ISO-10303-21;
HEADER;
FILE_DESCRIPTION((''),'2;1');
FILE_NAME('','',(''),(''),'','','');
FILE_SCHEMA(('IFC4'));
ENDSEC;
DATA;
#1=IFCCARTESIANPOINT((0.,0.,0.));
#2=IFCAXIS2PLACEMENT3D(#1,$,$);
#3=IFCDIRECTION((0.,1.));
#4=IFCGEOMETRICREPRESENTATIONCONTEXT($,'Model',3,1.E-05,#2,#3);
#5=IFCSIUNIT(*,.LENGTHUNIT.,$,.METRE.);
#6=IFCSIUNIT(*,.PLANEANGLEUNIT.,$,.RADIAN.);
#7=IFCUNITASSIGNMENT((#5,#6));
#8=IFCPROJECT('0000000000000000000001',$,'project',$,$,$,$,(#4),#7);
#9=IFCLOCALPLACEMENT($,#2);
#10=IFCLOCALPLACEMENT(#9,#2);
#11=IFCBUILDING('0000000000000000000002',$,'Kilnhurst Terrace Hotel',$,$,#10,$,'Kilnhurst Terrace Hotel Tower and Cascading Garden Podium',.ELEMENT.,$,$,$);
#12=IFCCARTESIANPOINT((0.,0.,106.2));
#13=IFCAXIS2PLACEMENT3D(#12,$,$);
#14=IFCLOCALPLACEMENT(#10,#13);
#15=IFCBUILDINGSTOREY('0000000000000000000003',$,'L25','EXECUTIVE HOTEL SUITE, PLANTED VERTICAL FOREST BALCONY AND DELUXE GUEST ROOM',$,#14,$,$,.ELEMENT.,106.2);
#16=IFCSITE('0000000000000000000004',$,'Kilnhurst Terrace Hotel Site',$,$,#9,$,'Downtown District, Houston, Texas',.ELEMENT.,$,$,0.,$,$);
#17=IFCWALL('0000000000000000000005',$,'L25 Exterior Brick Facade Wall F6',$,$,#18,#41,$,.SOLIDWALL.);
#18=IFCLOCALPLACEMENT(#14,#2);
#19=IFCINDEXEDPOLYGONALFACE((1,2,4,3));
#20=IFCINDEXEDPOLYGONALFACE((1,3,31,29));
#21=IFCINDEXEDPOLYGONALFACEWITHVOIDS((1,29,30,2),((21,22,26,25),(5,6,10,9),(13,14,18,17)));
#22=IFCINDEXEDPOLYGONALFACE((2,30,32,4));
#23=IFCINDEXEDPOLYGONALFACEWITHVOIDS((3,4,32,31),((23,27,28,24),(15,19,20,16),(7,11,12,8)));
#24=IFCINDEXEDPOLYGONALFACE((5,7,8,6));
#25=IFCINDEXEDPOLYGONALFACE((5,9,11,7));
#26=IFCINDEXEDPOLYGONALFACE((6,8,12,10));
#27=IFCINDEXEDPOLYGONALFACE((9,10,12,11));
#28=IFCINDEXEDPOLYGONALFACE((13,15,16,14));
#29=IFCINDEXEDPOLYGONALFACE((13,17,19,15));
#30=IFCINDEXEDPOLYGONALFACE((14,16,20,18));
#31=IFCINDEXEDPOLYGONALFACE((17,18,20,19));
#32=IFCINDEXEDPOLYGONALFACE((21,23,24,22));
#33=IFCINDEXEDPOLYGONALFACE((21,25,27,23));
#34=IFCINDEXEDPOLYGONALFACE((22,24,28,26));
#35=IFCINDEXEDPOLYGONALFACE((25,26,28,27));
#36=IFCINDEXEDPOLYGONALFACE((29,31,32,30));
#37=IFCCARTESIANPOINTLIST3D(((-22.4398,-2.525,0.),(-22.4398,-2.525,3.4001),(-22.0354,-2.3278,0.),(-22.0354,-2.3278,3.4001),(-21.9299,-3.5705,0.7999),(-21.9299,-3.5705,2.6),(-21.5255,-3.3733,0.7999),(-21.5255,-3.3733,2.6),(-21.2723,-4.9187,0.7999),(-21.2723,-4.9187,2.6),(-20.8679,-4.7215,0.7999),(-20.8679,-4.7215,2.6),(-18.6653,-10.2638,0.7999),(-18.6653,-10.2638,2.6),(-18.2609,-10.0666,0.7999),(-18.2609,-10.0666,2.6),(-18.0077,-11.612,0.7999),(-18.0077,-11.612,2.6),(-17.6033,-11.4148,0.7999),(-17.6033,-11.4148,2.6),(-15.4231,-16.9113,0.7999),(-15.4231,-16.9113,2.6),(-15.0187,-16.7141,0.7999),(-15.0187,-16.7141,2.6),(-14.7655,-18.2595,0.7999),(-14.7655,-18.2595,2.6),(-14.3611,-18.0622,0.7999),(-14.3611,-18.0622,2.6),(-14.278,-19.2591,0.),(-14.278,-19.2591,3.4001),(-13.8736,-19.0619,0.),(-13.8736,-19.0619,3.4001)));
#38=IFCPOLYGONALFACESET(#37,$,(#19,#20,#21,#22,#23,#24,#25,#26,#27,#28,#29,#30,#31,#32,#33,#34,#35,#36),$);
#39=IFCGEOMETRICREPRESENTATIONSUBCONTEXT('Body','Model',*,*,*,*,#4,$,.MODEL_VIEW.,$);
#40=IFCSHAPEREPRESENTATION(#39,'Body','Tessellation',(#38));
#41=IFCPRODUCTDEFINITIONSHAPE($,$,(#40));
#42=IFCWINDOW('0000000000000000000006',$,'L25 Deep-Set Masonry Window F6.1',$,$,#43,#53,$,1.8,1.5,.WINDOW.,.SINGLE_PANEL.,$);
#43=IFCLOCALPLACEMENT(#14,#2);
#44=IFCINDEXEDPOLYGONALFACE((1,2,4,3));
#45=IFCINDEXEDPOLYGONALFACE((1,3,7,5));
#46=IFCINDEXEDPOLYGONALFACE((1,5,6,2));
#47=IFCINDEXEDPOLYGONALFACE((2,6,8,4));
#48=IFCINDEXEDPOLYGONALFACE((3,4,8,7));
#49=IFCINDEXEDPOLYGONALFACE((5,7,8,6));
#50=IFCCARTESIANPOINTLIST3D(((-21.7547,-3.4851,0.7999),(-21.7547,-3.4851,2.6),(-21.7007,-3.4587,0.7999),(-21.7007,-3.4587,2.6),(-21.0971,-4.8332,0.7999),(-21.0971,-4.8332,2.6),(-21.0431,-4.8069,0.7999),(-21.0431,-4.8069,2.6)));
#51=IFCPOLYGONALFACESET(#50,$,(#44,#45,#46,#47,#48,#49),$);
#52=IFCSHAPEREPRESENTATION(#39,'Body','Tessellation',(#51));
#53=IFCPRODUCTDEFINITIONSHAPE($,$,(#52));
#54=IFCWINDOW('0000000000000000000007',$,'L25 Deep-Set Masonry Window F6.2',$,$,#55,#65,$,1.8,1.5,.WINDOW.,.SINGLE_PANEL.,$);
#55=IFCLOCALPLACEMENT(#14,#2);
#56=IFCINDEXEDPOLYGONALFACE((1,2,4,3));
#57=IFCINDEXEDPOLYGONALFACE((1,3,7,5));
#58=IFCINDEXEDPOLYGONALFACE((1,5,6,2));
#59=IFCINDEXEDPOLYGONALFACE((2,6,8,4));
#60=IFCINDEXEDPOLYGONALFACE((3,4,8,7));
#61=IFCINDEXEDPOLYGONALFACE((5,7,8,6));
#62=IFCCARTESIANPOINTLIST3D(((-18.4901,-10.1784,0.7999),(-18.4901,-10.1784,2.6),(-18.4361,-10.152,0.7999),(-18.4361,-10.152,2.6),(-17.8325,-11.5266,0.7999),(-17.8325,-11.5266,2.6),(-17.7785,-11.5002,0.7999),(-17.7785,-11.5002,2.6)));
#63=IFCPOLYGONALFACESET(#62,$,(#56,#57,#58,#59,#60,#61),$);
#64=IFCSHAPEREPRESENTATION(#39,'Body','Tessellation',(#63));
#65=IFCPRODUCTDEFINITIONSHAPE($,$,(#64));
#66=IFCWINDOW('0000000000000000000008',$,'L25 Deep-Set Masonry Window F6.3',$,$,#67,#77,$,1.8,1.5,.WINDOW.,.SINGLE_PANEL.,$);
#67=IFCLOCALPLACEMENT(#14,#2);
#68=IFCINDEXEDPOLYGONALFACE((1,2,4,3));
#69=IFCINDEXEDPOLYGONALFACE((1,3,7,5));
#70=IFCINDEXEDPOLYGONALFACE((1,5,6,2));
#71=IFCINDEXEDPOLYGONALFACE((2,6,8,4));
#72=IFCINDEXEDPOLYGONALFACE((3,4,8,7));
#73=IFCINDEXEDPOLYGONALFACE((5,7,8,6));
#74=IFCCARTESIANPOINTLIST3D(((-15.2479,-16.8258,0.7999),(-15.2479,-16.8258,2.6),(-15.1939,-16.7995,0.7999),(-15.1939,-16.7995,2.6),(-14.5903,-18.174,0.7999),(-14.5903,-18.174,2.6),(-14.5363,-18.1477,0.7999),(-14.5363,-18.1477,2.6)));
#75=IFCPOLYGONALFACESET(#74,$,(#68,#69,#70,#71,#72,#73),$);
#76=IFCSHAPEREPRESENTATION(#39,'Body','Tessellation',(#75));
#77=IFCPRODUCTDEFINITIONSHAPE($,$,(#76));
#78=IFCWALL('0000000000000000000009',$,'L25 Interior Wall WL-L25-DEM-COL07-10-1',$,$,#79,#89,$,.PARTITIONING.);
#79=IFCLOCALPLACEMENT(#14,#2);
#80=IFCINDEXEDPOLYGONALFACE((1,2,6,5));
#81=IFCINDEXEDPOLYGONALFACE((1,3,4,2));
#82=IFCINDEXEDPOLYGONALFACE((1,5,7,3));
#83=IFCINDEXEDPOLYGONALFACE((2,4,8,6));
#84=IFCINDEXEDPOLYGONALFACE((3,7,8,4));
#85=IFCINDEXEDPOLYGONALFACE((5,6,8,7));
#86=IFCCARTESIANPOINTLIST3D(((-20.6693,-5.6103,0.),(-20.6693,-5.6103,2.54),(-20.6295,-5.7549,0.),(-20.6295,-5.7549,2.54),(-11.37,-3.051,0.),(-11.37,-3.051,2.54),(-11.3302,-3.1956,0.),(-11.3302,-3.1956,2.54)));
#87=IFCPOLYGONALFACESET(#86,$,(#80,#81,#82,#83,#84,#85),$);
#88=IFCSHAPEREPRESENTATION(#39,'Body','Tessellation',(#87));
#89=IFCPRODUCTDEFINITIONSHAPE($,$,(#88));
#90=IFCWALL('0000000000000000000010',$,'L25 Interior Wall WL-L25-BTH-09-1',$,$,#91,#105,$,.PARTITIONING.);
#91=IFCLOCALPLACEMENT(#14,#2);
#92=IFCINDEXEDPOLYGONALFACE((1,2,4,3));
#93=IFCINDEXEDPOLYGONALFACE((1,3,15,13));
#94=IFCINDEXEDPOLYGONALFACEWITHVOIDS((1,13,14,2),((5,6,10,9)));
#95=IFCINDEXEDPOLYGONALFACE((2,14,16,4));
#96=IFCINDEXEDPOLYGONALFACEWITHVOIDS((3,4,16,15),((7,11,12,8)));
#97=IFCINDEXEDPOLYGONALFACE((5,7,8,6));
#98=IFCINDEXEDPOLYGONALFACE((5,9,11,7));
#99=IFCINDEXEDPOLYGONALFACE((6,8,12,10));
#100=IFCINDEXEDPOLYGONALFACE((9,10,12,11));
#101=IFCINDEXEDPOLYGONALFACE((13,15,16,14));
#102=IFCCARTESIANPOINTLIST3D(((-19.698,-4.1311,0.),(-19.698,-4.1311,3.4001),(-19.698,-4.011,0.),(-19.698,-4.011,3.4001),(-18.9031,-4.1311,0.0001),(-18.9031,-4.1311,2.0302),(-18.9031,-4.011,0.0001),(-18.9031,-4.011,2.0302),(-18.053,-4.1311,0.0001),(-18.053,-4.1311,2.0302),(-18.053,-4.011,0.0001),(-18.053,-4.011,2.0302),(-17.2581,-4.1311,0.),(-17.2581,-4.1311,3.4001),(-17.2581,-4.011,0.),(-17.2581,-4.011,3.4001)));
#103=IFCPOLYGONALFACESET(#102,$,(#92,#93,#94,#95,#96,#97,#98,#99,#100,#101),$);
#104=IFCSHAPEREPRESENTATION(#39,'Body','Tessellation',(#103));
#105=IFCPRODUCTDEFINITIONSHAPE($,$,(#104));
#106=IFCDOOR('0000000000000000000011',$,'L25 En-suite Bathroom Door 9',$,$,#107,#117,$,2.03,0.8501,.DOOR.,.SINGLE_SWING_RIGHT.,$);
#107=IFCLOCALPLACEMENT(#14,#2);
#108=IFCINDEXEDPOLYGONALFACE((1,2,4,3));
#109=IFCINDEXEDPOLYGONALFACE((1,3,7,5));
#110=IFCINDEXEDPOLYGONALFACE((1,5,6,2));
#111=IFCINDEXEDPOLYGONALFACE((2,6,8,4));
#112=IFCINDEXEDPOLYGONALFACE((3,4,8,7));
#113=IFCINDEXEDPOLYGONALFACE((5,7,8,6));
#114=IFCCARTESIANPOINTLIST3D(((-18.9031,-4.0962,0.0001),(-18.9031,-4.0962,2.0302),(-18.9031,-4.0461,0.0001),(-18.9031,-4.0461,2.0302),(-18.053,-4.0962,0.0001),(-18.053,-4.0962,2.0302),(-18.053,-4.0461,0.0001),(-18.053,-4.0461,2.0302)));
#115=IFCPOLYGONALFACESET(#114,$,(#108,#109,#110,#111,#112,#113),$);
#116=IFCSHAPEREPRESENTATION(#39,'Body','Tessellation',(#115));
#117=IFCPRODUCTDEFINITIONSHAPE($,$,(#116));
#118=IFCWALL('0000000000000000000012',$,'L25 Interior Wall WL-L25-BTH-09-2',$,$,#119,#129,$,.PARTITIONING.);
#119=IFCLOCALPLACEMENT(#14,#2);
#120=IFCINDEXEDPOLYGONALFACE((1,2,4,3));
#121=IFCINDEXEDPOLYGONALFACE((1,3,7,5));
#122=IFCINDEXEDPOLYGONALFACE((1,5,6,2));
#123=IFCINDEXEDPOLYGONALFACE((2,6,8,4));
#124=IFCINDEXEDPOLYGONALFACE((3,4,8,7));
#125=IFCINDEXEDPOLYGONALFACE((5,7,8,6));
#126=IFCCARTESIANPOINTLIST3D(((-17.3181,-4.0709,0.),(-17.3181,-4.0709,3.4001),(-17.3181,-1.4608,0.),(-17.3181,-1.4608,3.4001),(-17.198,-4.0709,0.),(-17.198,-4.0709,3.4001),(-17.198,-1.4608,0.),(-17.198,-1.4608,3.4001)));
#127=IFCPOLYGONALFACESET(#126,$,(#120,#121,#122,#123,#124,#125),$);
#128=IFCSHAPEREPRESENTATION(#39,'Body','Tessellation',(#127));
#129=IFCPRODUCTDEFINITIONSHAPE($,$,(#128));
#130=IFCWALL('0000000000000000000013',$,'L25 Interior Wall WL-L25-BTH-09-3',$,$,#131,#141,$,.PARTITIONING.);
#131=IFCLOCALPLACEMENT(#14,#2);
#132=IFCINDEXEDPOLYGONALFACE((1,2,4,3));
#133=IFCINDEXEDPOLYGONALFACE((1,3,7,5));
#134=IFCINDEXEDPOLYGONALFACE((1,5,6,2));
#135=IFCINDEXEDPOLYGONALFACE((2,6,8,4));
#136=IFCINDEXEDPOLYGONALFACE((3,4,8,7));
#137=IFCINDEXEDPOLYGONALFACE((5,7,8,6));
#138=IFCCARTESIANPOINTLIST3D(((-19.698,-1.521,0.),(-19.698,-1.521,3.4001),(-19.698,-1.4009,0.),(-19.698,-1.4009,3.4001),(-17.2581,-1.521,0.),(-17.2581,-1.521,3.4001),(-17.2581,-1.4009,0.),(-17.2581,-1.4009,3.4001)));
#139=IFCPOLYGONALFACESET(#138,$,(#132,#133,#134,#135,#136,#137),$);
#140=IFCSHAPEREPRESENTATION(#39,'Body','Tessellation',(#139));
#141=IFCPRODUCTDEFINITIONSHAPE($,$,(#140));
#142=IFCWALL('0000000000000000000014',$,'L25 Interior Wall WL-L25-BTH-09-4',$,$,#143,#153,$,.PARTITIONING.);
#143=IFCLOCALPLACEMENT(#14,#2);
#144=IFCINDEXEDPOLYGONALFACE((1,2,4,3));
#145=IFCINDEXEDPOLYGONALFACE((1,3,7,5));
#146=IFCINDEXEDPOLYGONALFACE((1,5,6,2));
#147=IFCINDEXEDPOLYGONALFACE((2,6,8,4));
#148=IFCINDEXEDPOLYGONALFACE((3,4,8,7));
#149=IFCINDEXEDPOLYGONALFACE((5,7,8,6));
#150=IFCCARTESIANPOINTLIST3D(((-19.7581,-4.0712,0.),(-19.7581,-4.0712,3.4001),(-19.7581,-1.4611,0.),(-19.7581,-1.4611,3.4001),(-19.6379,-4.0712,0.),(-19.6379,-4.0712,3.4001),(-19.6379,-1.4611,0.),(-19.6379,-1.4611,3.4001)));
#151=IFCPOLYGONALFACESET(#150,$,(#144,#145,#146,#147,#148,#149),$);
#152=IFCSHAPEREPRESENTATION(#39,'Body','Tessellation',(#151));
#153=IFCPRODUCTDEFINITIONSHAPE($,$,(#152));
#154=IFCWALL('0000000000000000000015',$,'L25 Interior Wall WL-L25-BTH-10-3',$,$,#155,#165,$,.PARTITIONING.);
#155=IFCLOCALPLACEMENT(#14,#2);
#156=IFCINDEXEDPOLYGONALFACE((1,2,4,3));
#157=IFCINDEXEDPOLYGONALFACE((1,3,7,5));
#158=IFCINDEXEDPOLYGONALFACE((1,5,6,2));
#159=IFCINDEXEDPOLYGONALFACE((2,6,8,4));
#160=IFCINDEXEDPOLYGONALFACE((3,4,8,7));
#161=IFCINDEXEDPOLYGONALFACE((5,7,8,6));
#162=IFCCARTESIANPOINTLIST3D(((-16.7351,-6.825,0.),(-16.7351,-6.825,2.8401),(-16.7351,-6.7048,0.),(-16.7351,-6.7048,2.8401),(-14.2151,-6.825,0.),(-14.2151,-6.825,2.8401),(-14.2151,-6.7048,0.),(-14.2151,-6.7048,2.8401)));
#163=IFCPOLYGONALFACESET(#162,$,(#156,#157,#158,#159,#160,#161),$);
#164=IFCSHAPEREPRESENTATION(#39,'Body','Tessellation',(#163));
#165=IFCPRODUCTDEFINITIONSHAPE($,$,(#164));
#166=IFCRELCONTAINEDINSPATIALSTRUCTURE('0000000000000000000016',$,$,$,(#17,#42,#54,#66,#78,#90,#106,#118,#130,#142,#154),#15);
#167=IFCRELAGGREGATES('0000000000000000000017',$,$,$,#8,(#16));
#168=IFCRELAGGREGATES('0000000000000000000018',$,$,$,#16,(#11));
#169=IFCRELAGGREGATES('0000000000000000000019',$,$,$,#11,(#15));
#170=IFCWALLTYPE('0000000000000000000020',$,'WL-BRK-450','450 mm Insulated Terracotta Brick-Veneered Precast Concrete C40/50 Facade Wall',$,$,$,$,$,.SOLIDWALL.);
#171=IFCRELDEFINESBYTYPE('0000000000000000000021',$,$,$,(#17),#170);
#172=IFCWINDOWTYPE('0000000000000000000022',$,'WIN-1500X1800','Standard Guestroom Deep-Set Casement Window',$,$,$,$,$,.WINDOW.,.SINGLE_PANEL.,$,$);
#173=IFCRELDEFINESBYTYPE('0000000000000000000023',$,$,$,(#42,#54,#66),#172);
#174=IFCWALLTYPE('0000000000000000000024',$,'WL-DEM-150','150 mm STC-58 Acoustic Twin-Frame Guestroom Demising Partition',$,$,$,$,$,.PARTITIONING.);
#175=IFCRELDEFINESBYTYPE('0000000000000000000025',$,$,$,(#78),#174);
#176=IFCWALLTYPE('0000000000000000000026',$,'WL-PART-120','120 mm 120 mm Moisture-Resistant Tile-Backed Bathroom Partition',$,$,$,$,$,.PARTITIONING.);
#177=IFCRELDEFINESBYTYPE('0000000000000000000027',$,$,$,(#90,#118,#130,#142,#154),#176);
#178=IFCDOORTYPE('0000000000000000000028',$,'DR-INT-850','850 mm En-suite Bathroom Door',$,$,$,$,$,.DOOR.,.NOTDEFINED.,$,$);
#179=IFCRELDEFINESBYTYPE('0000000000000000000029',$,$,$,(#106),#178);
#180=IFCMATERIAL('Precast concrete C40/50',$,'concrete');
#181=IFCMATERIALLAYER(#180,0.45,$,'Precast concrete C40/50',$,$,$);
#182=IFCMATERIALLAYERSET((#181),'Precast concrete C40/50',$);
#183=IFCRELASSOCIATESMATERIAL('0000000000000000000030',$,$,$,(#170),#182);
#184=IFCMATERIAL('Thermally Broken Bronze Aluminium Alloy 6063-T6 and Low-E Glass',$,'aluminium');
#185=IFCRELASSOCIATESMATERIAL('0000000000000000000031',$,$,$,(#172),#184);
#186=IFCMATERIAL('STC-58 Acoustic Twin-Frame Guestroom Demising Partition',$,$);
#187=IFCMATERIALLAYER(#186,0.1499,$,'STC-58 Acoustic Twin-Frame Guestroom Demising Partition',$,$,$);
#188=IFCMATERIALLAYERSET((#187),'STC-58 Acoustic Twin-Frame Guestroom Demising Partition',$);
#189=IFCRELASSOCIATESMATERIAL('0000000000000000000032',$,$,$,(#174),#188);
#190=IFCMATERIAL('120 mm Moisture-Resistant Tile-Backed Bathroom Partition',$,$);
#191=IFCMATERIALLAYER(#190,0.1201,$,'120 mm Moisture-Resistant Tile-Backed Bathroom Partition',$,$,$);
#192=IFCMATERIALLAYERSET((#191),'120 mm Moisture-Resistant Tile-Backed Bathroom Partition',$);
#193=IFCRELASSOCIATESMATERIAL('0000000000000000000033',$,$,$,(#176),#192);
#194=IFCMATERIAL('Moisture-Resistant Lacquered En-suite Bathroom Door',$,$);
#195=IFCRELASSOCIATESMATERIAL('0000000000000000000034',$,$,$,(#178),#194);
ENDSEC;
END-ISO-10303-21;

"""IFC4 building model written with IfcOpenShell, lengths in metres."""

from ifc_helpers import new_model, si_unit, direction, frame, frame_2d, origin, place, context, subcontext, project, spatial, rectangle, extrude, material, layer, layer_set, type_object, element, fill, save


model = new_model("IFC4")

# Units and contexts
model_context = context("Model", 3, precision=1e-05, world=origin(), true_north=direction((0.0, 1.0)))
body_context = subcontext(model_context, "Body", "Model", "MODEL_VIEW")
ifc_project = project(units=[si_unit("LENGTHUNIT", "METRE"), si_unit("PLANEANGLEUNIT", "RADIAN")], contexts=[model_context])

# Site, building, storey
site_placement = place(None, origin())
site = spatial("IfcSite", under=ifc_project, at=site_placement, Name="Kilnhurst Terrace Hotel Site", LongName="Downtown District, Houston, Texas", CompositionType="ELEMENT", RefElevation=0.0)
building_placement = place(site_placement, origin())
building = spatial("IfcBuilding", under=site, at=building_placement, Name="Kilnhurst Terrace Hotel", LongName="Kilnhurst Terrace Hotel Tower and Cascading Garden Podium", CompositionType="ELEMENT")
storey_placement = place(building_placement, frame((0.0, 0.0, 106.2)))
storey = spatial("IfcBuildingStorey", under=building, at=storey_placement, Name="L25", Description="EXECUTIVE HOTEL SUITE, PLANTED VERTICAL FOREST BALCONY AND DELUXE GUEST ROOM", CompositionType="ELEMENT", Elevation=106.2)

# Shared definitions
ifc_material_1 = material(Name="Precast concrete C40/50", Category="concrete")
ifc_layer_1 = layer(ifc_material_1, 0.45, Name="Precast concrete C40/50")
ifc_layer_set_1 = layer_set([ifc_layer_1], Name="Precast concrete C40/50")
wall_type_1 = type_object("IfcWallType", Name="WL-BRK-450", Description="450 mm Insulated Terracotta Brick-Veneered Precast Concrete C40/50 Facade Wall", PredefinedType="SOLIDWALL", material=ifc_layer_set_1)

# Wall, openings, windows
wall_1_placement = place(storey_placement, frame((-22.2375, -2.4265, 0.0), z_axis=(0.0, 0.0, 1.0), x_axis=(0.438375, -0.898792, 0.0)))
wall_1 = element("IfcWall", 1, at=wall_1_placement, inside=storey, type_object=wall_type_1, Name="L25 Exterior Brick Facade Wall F6", PredefinedType="SOLIDWALL", context=body_context, shape_type="SweptSolid", body=[
    extrude(rectangle(XDim=18.6184, YDim=0.45, at=frame_2d((9.3091, 0.0))), origin(), (0.0, 0.0, 1.0), 3.4001),
])
opening_1_placement = place(wall_1_placement, frame((1.1631, 0.0, 0.8)))
opening_1 = element("IfcOpeningElement", 2, at=opening_1_placement, cuts=wall_1, PredefinedType="OPENING", context=body_context, shape_type="SweptSolid", body=[
    extrude(rectangle(XDim=1.5, YDim=1.8, at=frame_2d((0.75, 0.8999))), frame((0.0, 0.2349, 0.0), z_axis=(0.0, -1.0, 0.0), x_axis=(1.0, 0.0, 0.0)), (0.0, 0.0, 1.0), 0.47),
])
opening_2_placement = place(wall_1_placement, frame((8.6101, 0.0, 0.8)))
opening_2 = element("IfcOpeningElement", 3, at=opening_2_placement, cuts=wall_1, PredefinedType="OPENING", context=body_context, shape_type="SweptSolid", body=[
    extrude(rectangle(XDim=1.5, YDim=1.8, at=frame_2d((0.75, 0.8999))), frame((0.0, 0.2349, 0.0), z_axis=(0.0, -1.0, 0.0), x_axis=(1.0, 0.0, 0.0)), (0.0, 0.0, 1.0), 0.47),
])
opening_3_placement = place(wall_1_placement, frame((16.0061, 0.0, 0.8)))
opening_3 = element("IfcOpeningElement", 4, at=opening_3_placement, cuts=wall_1, PredefinedType="OPENING", context=body_context, shape_type="SweptSolid", body=[
    extrude(rectangle(XDim=1.5, YDim=1.8, at=frame_2d((0.75, 0.8999))), frame((0.0, 0.2349, 0.0), z_axis=(0.0, -1.0, 0.0), x_axis=(1.0, 0.0, 0.0)), (0.0, 0.0, 1.0), 0.47),
])
ifc_material_2 = material(Name="Thermally Broken Bronze Aluminium Alloy 6063-T6 and Low-E Glass", Category="aluminium")
window_type = type_object("IfcWindowType", Name="WIN-1500X1800", Description="Standard Guestroom Deep-Set Casement Window", PartitioningType="SINGLE_PANEL", PredefinedType="WINDOW", material=ifc_material_2)
window_1_placement = place(opening_1_placement, origin())
window_1 = element("IfcWindow", 5, at=window_1_placement, inside=storey, type_object=window_type, Name="L25 Deep-Set Masonry Window F6.1", OverallHeight=1.8, OverallWidth=1.5, PartitioningType="SINGLE_PANEL", PredefinedType="WINDOW", context=body_context, shape_type="SweptSolid", body=[
    extrude(rectangle(XDim=1.5, YDim=1.8, at=frame_2d((0.75, 0.8999))), frame((0.0, 0.03, 0.0), z_axis=(0.0, -1.0, 0.0), x_axis=(1.0, 0.0, 0.0)), (0.0, 0.0, 1.0), 0.0601),
])
fill(opening_1, window_1)
window_2_placement = place(opening_2_placement, origin())
window_2 = element("IfcWindow", 6, at=window_2_placement, inside=storey, type_object=window_type, Name="L25 Deep-Set Masonry Window F6.2", OverallHeight=1.8, OverallWidth=1.5, PartitioningType="SINGLE_PANEL", PredefinedType="WINDOW", context=body_context, shape_type="SweptSolid", body=[
    extrude(rectangle(XDim=1.5, YDim=1.8, at=frame_2d((0.75, 0.8999))), frame((0.0, 0.03, 0.0), z_axis=(0.0, -1.0, 0.0), x_axis=(1.0, 0.0, 0.0)), (0.0, 0.0, 1.0), 0.0601),
])
fill(opening_2, window_2)
window_3_placement = place(opening_3_placement, origin())
window_3 = element("IfcWindow", 7, at=window_3_placement, inside=storey, type_object=window_type, Name="L25 Deep-Set Masonry Window F6.3", OverallHeight=1.8, OverallWidth=1.5, PartitioningType="SINGLE_PANEL", PredefinedType="WINDOW", context=body_context, shape_type="SweptSolid", body=[
    extrude(rectangle(XDim=1.5, YDim=1.8, at=frame_2d((0.75, 0.8999))), frame((0.0, 0.03, 0.0), z_axis=(0.0, -1.0, 0.0), x_axis=(1.0, 0.0, 0.0)), (0.0, 0.0, 1.0), 0.0601),
])
fill(opening_3, window_3)

# Wall
ifc_material_3 = material(Name="STC-58 Acoustic Twin-Frame Guestroom Demising Partition")
ifc_layer_2 = layer(ifc_material_3, 0.1499, Name="STC-58 Acoustic Twin-Frame Guestroom Demising Partition")
ifc_layer_set_2 = layer_set([ifc_layer_2], Name="STC-58 Acoustic Twin-Frame Guestroom Demising Partition")
wall_type_2 = type_object("IfcWallType", Name="WL-DEM-150", Description="150 mm STC-58 Acoustic Twin-Frame Guestroom Demising Partition", PredefinedType="PARTITIONING", material=ifc_layer_set_2)
wall_2_placement = place(storey_placement, frame((-11.3501, -3.1233, 0.0), z_axis=(0.0, 0.0, 1.0), x_axis=(-0.964152, -0.265351, 0.0)))
element("IfcWall", 8, at=wall_2_placement, inside=storey, type_object=wall_type_2, Name="L25 Interior Wall WL-L25-DEM-COL07-10-1", PredefinedType="PARTITIONING", context=body_context, shape_type="SweptSolid", body=[
    extrude(rectangle(XDim=9.645, YDim=0.1499, at=frame_2d((4.8225, 0.0))), origin(), (0.0, 0.0, 1.0), 2.54),
])

# Wall, opening, door
ifc_material_4 = material(Name="120 mm Moisture-Resistant Tile-Backed Bathroom Partition")
ifc_layer_3 = layer(ifc_material_4, 0.1201, Name="120 mm Moisture-Resistant Tile-Backed Bathroom Partition")
ifc_layer_set_3 = layer_set([ifc_layer_3], Name="120 mm Moisture-Resistant Tile-Backed Bathroom Partition")
wall_type_3 = type_object("IfcWallType", Name="WL-PART-120", Description="120 mm 120 mm Moisture-Resistant Tile-Backed Bathroom Partition", PredefinedType="PARTITIONING", material=ifc_layer_set_3)
wall_3_placement = place(storey_placement, frame((-19.698, -4.071, 0.0), z_axis=(0.0, 0.0, 1.0), x_axis=(1.0, 0.0, 0.0)))
wall_3 = element("IfcWall", 9, at=wall_3_placement, inside=storey, type_object=wall_type_3, Name="L25 Interior Wall WL-L25-BTH-09-1", PredefinedType="PARTITIONING", context=body_context, shape_type="SweptSolid", body=[
    extrude(rectangle(XDim=2.4399, YDim=0.1201, at=frame_2d((1.22, 0.0))), origin(), (0.0, 0.0, 1.0), 3.4001),
])
opening_4_placement = place(wall_3_placement, frame((0.7949, 0.0, 0.0)))
opening_4 = element("IfcOpeningElement", 10, at=opening_4_placement, cuts=wall_3, PredefinedType="OPENING", context=body_context, shape_type="SweptSolid", body=[
    extrude(rectangle(XDim=0.8501, YDim=2.03, at=frame_2d((0.425, 1.0151))), frame((0.0, 0.0701, 0.0), z_axis=(0.0, -1.0, 0.0), x_axis=(1.0, 0.0, 0.0)), (0.0, 0.0, 1.0), 0.1401),
])
ifc_material_5 = material(Name="Moisture-Resistant Lacquered En-suite Bathroom Door")
door_type = type_object("IfcDoorType", Name="DR-INT-850", Description="850 mm En-suite Bathroom Door", OperationType="NOTDEFINED", PredefinedType="DOOR", material=ifc_material_5)
door_placement = place(opening_4_placement, origin())
door = element("IfcDoor", 11, at=door_placement, inside=storey, type_object=door_type, Name="L25 En-suite Bathroom Door 9", OperationType="SINGLE_SWING_RIGHT", OverallHeight=2.03, OverallWidth=0.8501, PredefinedType="DOOR", context=body_context, shape_type="SweptSolid", body=[
    extrude(rectangle(XDim=0.8501, YDim=2.03, at=frame_2d((0.425, 1.0151))), frame((0.0, 0.0249, 0.0), z_axis=(0.0, -1.0, 0.0), x_axis=(1.0, 0.0, 0.0)), (0.0, 0.0, 1.0), 0.05),
])
fill(opening_4, door)

# Walls
wall_4_placement = place(storey_placement, frame((-17.2581, -4.071, 0.0), z_axis=(0.0, 0.0, 1.0), x_axis=(0.0, 1.0, 0.0)))
element("IfcWall", 12, at=wall_4_placement, inside=storey, type_object=wall_type_3, Name="L25 Interior Wall WL-L25-BTH-09-2", PredefinedType="PARTITIONING", context=body_context, shape_type="SweptSolid", body=[
    extrude(rectangle(XDim=2.6101, YDim=0.1201, at=frame_2d((1.3052, 0.0))), origin(), (0.0, 0.0, 1.0), 3.4001),
])
wall_5_placement = place(storey_placement, frame((-17.2581, -1.4609, 0.0), z_axis=(0.0, 0.0, 1.0), x_axis=(-1.0, 0.0, 0.0)))
element("IfcWall", 13, at=wall_5_placement, inside=storey, type_object=wall_type_3, Name="L25 Interior Wall WL-L25-BTH-09-3", PredefinedType="PARTITIONING", context=body_context, shape_type="SweptSolid", body=[
    extrude(rectangle(XDim=2.4399, YDim=0.1201, at=frame_2d((1.22, 0.0))), origin(), (0.0, 0.0, 1.0), 3.4001),
])
wall_6_placement = place(storey_placement, frame((-19.698, -1.4609, 0.0), z_axis=(0.0, 0.0, 1.0), x_axis=(0.0, -1.0, 0.0)))
element("IfcWall", 14, at=wall_6_placement, inside=storey, type_object=wall_type_3, Name="L25 Interior Wall WL-L25-BTH-09-4", PredefinedType="PARTITIONING", context=body_context, shape_type="SweptSolid", body=[
    extrude(rectangle(XDim=2.6101, YDim=0.1201, at=frame_2d((1.3052, 0.0))), origin(), (0.0, 0.0, 1.0), 3.4001),
])
wall_7_placement = place(storey_placement, frame((-14.2151, -6.7649, 0.0), z_axis=(0.0, 0.0, 1.0), x_axis=(-1.0, 0.0, 0.0)))
element("IfcWall", 15, at=wall_7_placement, inside=storey, type_object=wall_type_3, Name="L25 Interior Wall WL-L25-BTH-10-3", PredefinedType="PARTITIONING", context=body_context, shape_type="SweptSolid", body=[
    extrude(rectangle(XDim=2.52, YDim=0.1201, at=frame_2d((1.26, 0.0))), origin(), (0.0, 0.0, 1.0), 2.8401),
])

save(model, "model.ifc")
